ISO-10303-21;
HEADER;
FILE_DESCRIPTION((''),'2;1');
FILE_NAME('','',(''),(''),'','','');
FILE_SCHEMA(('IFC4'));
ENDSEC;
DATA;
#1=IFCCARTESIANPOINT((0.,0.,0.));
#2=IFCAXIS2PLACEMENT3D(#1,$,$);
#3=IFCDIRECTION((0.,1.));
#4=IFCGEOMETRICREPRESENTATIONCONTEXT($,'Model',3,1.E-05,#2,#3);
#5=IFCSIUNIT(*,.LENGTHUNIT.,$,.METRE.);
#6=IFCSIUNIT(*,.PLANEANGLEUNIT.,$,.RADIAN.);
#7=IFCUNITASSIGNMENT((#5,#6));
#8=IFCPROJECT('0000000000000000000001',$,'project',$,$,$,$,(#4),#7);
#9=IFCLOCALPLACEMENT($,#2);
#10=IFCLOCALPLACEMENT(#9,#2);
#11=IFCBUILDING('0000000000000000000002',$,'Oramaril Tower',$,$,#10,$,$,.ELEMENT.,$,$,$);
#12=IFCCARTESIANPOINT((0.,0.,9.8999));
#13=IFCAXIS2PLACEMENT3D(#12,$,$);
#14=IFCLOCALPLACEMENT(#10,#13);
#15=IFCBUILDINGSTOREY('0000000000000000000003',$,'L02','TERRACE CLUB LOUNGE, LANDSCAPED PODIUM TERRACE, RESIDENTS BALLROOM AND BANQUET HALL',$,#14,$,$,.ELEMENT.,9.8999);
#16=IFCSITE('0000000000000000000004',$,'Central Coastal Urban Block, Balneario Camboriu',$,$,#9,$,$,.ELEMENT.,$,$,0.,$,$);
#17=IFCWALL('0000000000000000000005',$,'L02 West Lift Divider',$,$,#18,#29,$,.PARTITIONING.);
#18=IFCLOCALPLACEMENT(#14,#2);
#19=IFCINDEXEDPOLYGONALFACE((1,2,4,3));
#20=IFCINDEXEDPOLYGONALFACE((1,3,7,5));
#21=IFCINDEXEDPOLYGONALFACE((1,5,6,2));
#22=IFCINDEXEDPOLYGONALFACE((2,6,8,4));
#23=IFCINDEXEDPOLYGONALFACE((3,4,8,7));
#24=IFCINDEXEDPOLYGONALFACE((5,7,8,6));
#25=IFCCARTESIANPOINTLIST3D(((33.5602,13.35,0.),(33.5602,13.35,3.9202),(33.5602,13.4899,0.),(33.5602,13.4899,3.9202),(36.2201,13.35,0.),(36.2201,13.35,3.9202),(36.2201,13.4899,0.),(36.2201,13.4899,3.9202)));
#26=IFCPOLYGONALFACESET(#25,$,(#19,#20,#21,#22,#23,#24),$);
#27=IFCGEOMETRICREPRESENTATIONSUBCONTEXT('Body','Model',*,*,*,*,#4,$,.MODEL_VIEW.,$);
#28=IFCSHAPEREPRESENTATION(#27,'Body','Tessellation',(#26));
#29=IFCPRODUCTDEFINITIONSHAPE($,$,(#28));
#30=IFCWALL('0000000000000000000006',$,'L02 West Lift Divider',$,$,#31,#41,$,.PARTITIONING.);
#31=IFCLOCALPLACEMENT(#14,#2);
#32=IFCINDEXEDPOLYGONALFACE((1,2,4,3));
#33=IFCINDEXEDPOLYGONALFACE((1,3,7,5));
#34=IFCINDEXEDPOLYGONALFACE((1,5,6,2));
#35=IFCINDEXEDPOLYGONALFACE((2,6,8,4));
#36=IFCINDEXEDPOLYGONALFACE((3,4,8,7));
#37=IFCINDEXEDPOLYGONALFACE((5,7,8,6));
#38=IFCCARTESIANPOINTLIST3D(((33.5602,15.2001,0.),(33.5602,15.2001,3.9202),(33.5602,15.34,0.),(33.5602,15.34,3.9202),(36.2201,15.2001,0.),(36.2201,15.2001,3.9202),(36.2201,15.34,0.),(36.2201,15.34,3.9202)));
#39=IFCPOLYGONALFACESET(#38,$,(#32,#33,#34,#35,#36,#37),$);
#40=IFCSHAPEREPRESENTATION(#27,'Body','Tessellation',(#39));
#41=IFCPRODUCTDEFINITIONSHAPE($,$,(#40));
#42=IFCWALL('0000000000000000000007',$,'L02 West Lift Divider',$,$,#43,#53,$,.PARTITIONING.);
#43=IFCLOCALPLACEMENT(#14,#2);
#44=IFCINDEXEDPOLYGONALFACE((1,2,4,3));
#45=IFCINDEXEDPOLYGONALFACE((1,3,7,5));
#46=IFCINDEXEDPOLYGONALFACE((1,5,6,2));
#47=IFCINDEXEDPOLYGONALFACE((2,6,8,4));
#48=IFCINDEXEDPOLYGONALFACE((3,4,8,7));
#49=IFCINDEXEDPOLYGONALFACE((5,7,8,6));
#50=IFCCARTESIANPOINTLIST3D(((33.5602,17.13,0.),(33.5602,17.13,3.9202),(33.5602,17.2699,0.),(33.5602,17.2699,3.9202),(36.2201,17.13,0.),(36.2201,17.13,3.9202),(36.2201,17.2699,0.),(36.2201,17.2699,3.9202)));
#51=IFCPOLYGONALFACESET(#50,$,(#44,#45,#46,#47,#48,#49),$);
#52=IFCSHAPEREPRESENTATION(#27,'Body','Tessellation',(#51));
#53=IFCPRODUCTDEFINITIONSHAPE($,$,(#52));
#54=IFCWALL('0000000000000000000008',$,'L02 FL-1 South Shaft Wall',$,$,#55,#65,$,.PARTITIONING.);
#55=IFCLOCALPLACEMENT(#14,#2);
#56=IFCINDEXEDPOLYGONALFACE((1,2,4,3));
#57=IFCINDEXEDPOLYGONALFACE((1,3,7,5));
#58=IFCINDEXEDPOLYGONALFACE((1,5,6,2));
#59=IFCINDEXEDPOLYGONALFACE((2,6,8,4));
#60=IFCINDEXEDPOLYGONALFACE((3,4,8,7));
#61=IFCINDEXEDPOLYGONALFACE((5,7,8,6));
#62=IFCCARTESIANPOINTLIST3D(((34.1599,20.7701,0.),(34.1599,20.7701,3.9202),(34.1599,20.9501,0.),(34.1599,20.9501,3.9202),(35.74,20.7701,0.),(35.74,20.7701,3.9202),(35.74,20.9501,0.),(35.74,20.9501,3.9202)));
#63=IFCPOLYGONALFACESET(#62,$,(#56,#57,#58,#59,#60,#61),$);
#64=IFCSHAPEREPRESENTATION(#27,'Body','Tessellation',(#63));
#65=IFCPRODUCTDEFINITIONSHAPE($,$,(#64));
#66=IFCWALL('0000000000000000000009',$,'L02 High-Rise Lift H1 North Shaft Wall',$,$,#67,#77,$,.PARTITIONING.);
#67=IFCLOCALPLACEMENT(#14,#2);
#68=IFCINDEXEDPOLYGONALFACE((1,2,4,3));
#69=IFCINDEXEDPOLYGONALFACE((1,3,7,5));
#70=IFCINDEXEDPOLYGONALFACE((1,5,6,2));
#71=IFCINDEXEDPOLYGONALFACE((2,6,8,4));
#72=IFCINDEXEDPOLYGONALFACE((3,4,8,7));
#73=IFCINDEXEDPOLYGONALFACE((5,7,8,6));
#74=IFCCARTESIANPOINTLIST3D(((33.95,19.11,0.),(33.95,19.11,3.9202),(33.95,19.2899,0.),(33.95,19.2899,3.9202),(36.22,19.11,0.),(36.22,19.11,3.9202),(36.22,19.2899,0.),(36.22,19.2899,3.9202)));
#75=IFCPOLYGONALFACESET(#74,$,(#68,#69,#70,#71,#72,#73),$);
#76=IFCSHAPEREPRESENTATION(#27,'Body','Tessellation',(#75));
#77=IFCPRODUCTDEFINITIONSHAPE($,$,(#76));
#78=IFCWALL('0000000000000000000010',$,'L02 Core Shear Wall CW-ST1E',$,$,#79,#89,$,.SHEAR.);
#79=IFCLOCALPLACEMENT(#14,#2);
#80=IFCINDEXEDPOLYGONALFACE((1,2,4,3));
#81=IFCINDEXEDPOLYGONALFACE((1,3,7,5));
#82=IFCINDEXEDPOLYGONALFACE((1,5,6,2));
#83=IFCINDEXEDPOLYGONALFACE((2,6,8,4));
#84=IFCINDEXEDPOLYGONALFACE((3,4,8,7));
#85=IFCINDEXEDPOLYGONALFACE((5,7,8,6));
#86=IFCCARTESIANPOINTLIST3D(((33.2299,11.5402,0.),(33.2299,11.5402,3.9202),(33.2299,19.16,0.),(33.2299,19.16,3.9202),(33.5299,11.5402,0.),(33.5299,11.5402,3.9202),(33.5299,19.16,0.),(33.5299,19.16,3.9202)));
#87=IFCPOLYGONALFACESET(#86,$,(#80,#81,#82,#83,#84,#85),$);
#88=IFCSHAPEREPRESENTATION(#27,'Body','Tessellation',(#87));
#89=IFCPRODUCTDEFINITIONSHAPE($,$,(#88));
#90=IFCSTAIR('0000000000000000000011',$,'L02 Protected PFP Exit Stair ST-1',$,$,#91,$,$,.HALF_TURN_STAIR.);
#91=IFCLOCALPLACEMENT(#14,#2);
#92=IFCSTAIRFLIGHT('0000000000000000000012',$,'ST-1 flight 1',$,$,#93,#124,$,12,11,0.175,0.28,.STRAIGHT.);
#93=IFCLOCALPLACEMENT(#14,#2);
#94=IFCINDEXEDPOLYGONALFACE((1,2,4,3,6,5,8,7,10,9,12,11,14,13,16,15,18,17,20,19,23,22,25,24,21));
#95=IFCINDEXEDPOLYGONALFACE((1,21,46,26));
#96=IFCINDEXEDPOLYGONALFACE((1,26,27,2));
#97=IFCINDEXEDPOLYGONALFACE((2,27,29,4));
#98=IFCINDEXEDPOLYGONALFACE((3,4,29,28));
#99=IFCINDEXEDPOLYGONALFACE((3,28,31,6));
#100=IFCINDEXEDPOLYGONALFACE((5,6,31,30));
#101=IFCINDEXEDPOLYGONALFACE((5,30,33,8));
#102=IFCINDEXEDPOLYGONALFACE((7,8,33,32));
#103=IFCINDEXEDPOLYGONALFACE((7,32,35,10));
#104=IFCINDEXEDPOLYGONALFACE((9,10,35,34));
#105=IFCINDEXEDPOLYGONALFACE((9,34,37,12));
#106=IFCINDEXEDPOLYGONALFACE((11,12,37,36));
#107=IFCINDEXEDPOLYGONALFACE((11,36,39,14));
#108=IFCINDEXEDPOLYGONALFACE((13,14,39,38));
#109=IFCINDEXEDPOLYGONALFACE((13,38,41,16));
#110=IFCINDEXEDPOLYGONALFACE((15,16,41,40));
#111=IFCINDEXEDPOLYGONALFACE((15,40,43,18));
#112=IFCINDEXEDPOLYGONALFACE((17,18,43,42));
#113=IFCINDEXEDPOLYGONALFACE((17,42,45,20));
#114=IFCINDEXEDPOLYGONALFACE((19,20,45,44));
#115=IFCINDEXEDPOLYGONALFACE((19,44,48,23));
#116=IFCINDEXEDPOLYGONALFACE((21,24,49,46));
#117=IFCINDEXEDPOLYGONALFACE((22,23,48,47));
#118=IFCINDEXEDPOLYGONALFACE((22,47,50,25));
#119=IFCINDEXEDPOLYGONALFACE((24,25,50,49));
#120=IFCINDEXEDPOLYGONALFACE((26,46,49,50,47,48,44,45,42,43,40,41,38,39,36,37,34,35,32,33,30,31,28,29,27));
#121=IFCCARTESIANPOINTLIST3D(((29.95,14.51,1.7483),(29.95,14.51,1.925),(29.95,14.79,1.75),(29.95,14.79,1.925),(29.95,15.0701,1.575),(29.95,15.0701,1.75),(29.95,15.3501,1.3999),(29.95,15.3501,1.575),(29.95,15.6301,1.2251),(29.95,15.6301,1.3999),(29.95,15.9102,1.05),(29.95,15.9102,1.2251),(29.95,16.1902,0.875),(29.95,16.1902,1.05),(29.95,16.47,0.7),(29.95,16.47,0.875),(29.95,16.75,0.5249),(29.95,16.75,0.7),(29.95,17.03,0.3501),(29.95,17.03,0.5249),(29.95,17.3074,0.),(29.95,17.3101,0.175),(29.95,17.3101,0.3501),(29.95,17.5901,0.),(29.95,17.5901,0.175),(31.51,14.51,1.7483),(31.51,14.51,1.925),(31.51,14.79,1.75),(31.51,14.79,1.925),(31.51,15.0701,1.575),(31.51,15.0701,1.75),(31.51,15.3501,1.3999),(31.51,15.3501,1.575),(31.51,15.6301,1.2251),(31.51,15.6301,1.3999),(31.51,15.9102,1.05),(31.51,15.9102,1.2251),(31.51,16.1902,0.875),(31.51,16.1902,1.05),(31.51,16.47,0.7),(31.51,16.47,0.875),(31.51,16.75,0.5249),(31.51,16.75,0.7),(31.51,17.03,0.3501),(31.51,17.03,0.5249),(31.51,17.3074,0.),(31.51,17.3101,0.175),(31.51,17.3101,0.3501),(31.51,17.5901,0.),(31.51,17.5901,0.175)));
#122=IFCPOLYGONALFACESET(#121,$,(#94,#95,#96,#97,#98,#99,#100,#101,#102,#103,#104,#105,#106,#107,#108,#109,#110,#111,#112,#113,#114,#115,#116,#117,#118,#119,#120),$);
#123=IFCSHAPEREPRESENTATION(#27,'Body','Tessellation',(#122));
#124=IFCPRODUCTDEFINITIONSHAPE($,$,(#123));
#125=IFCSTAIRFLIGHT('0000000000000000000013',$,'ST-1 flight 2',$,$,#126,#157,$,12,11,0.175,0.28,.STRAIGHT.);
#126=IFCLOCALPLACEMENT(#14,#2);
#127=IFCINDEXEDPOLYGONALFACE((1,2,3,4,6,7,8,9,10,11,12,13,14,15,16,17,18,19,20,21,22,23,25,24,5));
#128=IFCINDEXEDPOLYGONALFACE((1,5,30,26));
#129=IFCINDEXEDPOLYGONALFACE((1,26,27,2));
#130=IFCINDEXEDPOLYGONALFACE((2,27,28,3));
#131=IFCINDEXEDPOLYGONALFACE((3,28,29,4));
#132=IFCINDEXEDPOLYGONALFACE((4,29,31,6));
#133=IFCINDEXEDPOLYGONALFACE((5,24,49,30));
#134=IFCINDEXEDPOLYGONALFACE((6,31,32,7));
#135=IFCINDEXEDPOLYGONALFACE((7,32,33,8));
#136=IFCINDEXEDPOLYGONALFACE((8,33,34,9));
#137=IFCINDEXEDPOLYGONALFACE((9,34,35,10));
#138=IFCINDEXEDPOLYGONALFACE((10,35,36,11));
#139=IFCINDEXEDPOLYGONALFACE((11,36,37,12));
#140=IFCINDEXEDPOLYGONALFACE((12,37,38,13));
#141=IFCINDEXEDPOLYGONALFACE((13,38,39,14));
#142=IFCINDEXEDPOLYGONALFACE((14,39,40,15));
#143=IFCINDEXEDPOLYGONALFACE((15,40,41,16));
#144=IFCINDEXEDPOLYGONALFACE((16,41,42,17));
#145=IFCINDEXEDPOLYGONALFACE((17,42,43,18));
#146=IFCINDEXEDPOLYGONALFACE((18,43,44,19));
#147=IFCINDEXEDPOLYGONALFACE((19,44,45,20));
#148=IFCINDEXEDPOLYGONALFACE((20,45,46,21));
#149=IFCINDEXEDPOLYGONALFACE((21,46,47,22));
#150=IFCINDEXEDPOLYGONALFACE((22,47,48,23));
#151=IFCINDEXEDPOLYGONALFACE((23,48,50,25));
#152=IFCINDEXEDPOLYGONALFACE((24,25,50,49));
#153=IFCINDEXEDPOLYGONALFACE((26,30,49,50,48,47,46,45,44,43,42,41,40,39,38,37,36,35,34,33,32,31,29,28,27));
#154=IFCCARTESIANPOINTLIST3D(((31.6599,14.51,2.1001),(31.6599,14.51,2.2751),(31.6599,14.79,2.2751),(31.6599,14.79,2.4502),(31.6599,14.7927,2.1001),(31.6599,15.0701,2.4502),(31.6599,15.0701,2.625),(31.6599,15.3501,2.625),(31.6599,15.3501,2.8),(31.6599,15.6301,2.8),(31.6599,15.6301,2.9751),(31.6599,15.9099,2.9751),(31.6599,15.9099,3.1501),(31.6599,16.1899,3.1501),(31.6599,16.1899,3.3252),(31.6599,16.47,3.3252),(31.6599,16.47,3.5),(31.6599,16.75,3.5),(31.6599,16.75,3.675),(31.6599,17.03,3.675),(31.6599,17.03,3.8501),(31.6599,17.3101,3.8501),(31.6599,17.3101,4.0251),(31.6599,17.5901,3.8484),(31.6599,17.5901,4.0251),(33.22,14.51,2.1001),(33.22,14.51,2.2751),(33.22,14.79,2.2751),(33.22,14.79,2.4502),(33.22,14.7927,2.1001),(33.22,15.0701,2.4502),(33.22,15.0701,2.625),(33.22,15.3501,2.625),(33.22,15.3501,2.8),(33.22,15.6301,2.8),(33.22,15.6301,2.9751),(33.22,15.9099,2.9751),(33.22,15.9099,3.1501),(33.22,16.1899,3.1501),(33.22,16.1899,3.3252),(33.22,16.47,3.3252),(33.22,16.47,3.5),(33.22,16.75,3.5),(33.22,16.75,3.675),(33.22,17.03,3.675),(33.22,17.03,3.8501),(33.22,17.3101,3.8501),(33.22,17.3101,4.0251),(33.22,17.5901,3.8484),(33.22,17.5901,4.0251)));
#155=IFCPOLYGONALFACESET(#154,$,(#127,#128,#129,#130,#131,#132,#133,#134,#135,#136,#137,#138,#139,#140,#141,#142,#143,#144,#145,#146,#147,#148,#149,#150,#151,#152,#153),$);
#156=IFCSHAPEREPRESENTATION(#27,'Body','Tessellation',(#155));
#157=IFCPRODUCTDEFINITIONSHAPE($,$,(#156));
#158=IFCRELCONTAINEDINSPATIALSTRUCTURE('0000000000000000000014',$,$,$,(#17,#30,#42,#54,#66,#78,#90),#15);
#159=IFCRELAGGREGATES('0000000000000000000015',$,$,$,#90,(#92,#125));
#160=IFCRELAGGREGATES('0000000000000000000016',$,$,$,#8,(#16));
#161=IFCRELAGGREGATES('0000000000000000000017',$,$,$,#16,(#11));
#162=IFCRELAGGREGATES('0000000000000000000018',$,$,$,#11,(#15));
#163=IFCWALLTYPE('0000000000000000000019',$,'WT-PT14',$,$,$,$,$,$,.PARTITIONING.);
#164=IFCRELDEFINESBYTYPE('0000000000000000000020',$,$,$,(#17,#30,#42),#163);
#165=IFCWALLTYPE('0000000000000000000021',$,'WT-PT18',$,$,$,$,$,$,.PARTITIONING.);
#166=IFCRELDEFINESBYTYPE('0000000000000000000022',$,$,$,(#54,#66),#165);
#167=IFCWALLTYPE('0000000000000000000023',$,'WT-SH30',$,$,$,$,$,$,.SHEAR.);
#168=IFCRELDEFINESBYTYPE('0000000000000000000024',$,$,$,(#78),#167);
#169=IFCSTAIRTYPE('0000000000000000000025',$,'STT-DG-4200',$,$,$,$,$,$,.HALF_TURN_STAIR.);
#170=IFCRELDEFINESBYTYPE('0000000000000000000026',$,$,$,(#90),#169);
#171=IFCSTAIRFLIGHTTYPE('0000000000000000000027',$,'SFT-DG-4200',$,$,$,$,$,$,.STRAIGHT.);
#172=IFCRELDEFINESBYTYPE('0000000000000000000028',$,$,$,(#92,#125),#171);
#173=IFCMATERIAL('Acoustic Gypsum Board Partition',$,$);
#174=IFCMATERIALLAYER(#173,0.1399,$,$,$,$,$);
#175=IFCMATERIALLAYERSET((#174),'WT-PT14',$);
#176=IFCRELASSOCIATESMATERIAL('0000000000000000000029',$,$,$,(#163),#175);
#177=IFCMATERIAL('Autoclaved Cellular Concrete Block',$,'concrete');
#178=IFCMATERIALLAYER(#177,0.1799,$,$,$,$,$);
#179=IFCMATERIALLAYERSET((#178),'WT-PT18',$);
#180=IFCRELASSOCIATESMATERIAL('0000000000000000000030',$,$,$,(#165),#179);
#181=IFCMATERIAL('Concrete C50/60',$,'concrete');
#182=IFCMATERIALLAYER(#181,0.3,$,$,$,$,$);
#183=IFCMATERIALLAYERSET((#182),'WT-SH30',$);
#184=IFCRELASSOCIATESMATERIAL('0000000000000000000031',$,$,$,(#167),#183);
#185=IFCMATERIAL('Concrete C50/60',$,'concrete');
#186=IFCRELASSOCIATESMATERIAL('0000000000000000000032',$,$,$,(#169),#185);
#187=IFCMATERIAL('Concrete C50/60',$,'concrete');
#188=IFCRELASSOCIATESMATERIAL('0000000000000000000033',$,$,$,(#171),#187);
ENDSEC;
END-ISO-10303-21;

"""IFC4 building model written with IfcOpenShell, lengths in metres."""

from ifc_helpers import new_model, si_unit, direction, frame, frame_2d, origin, place, context, subcontext, project, spatial, polyline, rectangle, outline, extrude, material, layer, layer_set, type_object, element, aggregate, save


model = new_model("IFC4")

# Units and contexts
model_context = context("Model", 3, precision=1e-05, world=origin(), true_north=direction((0.0, 1.0)))
body_context = subcontext(model_context, "Body", "Model", "MODEL_VIEW")
ifc_project = project(units=[si_unit("LENGTHUNIT", "METRE"), si_unit("PLANEANGLEUNIT", "RADIAN")], contexts=[model_context])

# Site, building, storey
site_placement = place(None, origin())
site = spatial("IfcSite", under=ifc_project, at=site_placement, Name="Central Coastal Urban Block, Balneario Camboriu", CompositionType="ELEMENT", RefElevation=0.0)
building_placement = place(site_placement, origin())
building = spatial("IfcBuilding", under=site, at=building_placement, Name="Oramaril Tower", CompositionType="ELEMENT")
storey_placement = place(building_placement, frame((0.0, 0.0, 9.8999)))
storey = spatial("IfcBuildingStorey", under=building, at=storey_placement, Name="L02", Description="TERRACE CLUB LOUNGE, LANDSCAPED PODIUM TERRACE, RESIDENTS BALLROOM AND BANQUET HALL", CompositionType="ELEMENT", Elevation=9.8999)

# Walls
ifc_material_1 = material(Name="Acoustic Gypsum Board Partition")
ifc_layer_1 = layer(ifc_material_1, 0.1399)
ifc_layer_set_1 = layer_set([ifc_layer_1], Name="WT-PT14")
wall_type_1 = type_object("IfcWallType", Name="WT-PT14", PredefinedType="PARTITIONING", material=ifc_layer_set_1)
for number, where, z_axis, x_axis, name in (
    (1, (33.5601, 13.4199, 0.0), (0.0, 0.0, 1.0), (1.0, 0.0, 0.0), "L02 West Lift Divider"),
    (2, (33.5601, 15.27, 0.0), (0.0, 0.0, 1.0), (1.0, 0.0, 0.0), "L02 West Lift Divider"),
    (3, (33.5601, 17.2, 0.0), (0.0, 0.0, 1.0), (1.0, 0.0, 0.0), "L02 West Lift Divider"),
):
    element("IfcWall", number, at=place(storey_placement, frame(where, z_axis=z_axis, x_axis=x_axis)), inside=storey, type_object=wall_type_1, Name=name, PredefinedType="PARTITIONING", context=body_context, shape_type="SweptSolid", body=[
        extrude(rectangle(XDim=2.6599, YDim=0.1399, at=frame_2d((1.3301, 0.0))), origin(), (0.0, 0.0, 1.0), 3.9202),
    ])
ifc_material_2 = material(Name="Autoclaved Cellular Concrete Block", Category="concrete")
ifc_layer_2 = layer(ifc_material_2, 0.1799)
ifc_layer_set_2 = layer_set([ifc_layer_2], Name="WT-PT18")
wall_type_2 = type_object("IfcWallType", Name="WT-PT18", PredefinedType="PARTITIONING", material=ifc_layer_set_2)
wall_1_placement = place(storey_placement, frame((34.1599, 20.8601, 0.0), z_axis=(0.0, 0.0, 1.0), x_axis=(1.0, 0.0, 0.0)))
element("IfcWall", 4, at=wall_1_placement, inside=storey, type_object=wall_type_2, Name="L02 FL-1 South Shaft Wall", PredefinedType="PARTITIONING", context=body_context, shape_type="SweptSolid", body=[
    extrude(rectangle(XDim=1.5801, YDim=0.1799, at=frame_2d((0.79, 0.0))), origin(), (0.0, 0.0, 1.0), 3.9202),
])
wall_2_placement = place(storey_placement, frame((33.95, 19.2, 0.0), z_axis=(0.0, 0.0, 1.0), x_axis=(1.0, 0.0, 0.0)))
element("IfcWall", 5, at=wall_2_placement, inside=storey, type_object=wall_type_2, Name="L02 High-Rise Lift H1 North Shaft Wall", PredefinedType="PARTITIONING", context=body_context, shape_type="SweptSolid", body=[
    extrude(rectangle(XDim=2.27, YDim=0.1799, at=frame_2d((1.135, 0.0))), origin(), (0.0, 0.0, 1.0), 3.9202),
])

# Shared definitions
ifc_material_3 = material(Name="Concrete C50/60", Category="concrete")
ifc_layer_3 = layer(ifc_material_3, 0.3)
ifc_layer_set_3 = layer_set([ifc_layer_3], Name="WT-SH30")
wall_type_3 = type_object("IfcWallType", Name="WT-SH30", PredefinedType="SHEAR", material=ifc_layer_set_3)

# Wall
wall_3_placement = place(storey_placement, frame((33.3799, 11.54, 0.0), z_axis=(0.0, 0.0, 1.0), x_axis=(0.0, 1.0, 0.0)))
element("IfcWall", 6, at=wall_3_placement, inside=storey, type_object=wall_type_3, Name="L02 Core Shear Wall CW-ST1E", PredefinedType="SHEAR", context=body_context, shape_type="SweptSolid", body=[
    extrude(rectangle(XDim=7.6199, YDim=0.3, at=frame_2d((3.8101, 0.0))), origin(), (0.0, 0.0, 1.0), 3.9202),
])

# Stair, stair flights
ifc_material_4 = material(Name="Concrete C50/60", Category="concrete")
stair_type = type_object("IfcStairType", Name="STT-DG-4200", PredefinedType="HALF_TURN_STAIR", material=ifc_material_4)
stair_placement = place(storey_placement, origin())
stair = element("IfcStair", 7, at=stair_placement, inside=storey, type_object=stair_type, Name="L02 Protected PFP Exit Stair ST-1", PredefinedType="HALF_TURN_STAIR")
ifc_material_5 = material(Name="Concrete C50/60", Category="concrete")
stair_flight_type = type_object("IfcStairFlightType", Name="SFT-DG-4200", PredefinedType="STRAIGHT", material=ifc_material_5)
stair_flight_1_placement = place(storey_placement, frame((30.73, 17.5901, 0.0), z_axis=(0.0, 0.0, 1.0), x_axis=(0.0, -1.0, 0.0)))
stair_flight_1 = element("IfcStairFlight", 8, at=stair_flight_1_placement, type_object=stair_flight_type, Name="ST-1 flight 1", NumberOfRisers=12, NumberOfTreads=11, PredefinedType="STRAIGHT", RiserHeight=0.175, TreadLength=0.28, context=body_context, shape_type="SweptSolid", body=[
    extrude(outline(polyline([(0.0, 0.0), (0.0, 0.175), (0.28, 0.175), (0.28, 0.3501), (0.5601, 0.3501), (0.5601, 0.5249), (0.8401, 0.5249), (0.8401, 0.7), (1.1201, 0.7), (1.1201, 0.875), (1.3999, 0.875), (1.3999, 1.05), (1.6799, 1.05), (1.6799, 1.2251), (1.96, 1.2251), (1.96, 1.3999), (2.24, 1.3999), (2.24, 1.575), (2.52, 1.575), (2.52, 1.75), (2.8, 1.75), (2.8, 1.925), (3.0801, 1.925), (3.0801, 2.1001), (3.0801, 1.7483), (0.2827, 0.0), (0.0, 0.0)])), frame((0.0, 0.78, 0.0), z_axis=(0.0, -1.0, 0.0), x_axis=(1.0, 0.0, 0.0)), (0.0, 0.0, 1.0), 1.5601),
])
stair_flight_2_placement = place(storey_placement, frame((32.4399, 14.51, 2.1001), z_axis=(0.0, 0.0, 1.0), x_axis=(0.0, 1.0, 0.0)))
stair_flight_2 = element("IfcStairFlight", 9, at=stair_flight_2_placement, type_object=stair_flight_type, Name="ST-1 flight 2", NumberOfRisers=12, NumberOfTreads=11, PredefinedType="STRAIGHT", RiserHeight=0.175, TreadLength=0.28, context=body_context, shape_type="SweptSolid", body=[
    extrude(outline(polyline([(0.0, 0.0), (0.0, 0.175), (0.28, 0.175), (0.28, 0.3501), (0.5601, 0.3501), (0.5601, 0.5249), (0.8401, 0.5249), (0.8401, 0.7), (1.1201, 0.7), (1.1201, 0.875), (1.3999, 0.875), (1.3999, 1.05), (1.6799, 1.05), (1.6799, 1.2251), (1.96, 1.2251), (1.96, 1.3999), (2.24, 1.3999), (2.24, 1.575), (2.52, 1.575), (2.52, 1.75), (2.8, 1.75), (2.8, 1.925), (3.0801, 1.925), (3.0801, 2.1001), (3.0801, 1.7483), (0.2827, 0.0), (0.0, 0.0)])), frame((0.0, 0.78, 0.0), z_axis=(0.0, -1.0, 0.0), x_axis=(1.0, 0.0, 0.0)), (0.0, 0.0, 1.0), 1.5601),
])
aggregate(stair, [stair_flight_1, stair_flight_2])

save(model, "model.ifc")
